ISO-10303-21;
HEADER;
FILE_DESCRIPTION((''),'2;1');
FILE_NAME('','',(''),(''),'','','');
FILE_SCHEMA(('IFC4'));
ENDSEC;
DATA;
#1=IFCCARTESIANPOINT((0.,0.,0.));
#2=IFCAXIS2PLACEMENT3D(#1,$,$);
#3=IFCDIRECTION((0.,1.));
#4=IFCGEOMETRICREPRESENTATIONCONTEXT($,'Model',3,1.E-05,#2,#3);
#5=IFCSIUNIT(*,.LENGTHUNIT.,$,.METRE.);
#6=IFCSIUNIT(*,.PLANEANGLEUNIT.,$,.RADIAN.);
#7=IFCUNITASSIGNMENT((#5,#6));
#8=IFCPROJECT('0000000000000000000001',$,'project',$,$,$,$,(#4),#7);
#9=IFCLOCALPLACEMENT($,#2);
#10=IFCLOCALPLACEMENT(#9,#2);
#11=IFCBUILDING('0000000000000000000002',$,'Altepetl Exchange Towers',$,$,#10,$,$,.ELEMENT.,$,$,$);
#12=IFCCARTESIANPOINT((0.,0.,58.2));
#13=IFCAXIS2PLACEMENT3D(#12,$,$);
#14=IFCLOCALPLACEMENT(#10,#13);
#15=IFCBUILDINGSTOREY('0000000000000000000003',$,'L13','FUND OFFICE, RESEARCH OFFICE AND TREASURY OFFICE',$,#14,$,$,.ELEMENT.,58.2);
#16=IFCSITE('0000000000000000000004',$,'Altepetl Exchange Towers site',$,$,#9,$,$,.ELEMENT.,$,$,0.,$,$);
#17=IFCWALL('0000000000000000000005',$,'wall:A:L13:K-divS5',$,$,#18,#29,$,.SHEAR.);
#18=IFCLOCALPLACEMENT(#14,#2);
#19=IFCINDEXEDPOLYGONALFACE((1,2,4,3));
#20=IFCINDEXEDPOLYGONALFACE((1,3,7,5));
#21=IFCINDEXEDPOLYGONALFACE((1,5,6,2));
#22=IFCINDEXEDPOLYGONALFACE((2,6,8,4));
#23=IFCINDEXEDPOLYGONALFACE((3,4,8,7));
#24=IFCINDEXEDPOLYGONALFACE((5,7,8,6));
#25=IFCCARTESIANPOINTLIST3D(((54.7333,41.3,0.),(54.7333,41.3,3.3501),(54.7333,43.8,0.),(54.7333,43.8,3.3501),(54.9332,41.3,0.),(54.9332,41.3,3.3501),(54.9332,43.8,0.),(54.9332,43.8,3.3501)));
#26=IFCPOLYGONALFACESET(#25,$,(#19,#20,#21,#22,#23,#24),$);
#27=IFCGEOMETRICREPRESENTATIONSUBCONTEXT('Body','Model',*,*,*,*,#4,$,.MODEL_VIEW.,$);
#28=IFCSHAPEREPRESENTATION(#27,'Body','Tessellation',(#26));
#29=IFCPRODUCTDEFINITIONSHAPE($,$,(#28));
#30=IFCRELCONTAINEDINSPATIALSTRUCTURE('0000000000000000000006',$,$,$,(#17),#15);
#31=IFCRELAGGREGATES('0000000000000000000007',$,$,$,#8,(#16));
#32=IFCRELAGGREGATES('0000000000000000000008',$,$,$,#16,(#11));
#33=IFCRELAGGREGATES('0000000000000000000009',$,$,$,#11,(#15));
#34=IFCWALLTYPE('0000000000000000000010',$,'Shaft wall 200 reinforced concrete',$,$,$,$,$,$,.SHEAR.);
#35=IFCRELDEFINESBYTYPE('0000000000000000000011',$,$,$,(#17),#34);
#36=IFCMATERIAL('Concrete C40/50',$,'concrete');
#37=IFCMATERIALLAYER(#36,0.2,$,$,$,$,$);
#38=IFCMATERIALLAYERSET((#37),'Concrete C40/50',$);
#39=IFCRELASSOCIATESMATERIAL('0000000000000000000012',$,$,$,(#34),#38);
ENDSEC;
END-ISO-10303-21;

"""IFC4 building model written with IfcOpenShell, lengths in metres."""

from ifc_helpers import new_model, si_unit, direction, frame, frame_2d, origin, place, context, subcontext, project, spatial, rectangle, extrude, material, layer, layer_set, type_object, element, save


model = new_model("IFC4")

# Units and contexts
model_context = context("Model", 3, precision=1e-05, world=origin(), true_north=direction((0.0, 1.0)))
body_context = subcontext(model_context, "Body", "Model", "MODEL_VIEW")
ifc_project = project(units=[si_unit("LENGTHUNIT", "METRE"), si_unit("PLANEANGLEUNIT", "RADIAN")], contexts=[model_context])

# Site, building, storey
site_placement = place(None, origin())
site = spatial("IfcSite", under=ifc_project, at=site_placement, Name="Altepetl Exchange Towers site", CompositionType="ELEMENT", RefElevation=0.0)
building_placement = place(site_placement, origin())
building = spatial("IfcBuilding", under=site, at=building_placement, Name="Altepetl Exchange Towers", CompositionType="ELEMENT")
storey_placement = place(building_placement, frame((0.0, 0.0, 58.2)))
storey = spatial("IfcBuildingStorey", under=building, at=storey_placement, Name="L13", Description="FUND OFFICE, RESEARCH OFFICE AND TREASURY OFFICE", CompositionType="ELEMENT", Elevation=58.2)

# Wall
ifc_material_1 = material(Name="Concrete C40/50", Category="concrete")
ifc_layer_1 = layer(ifc_material_1, 0.2)
ifc_layer_set_1 = layer_set([ifc_layer_1], Name="Concrete C40/50")
wall_type_1 = type_object("IfcWallType", Name="Shaft wall 200 reinforced concrete", PredefinedType="SHEAR", material=ifc_layer_set_1)
wall_1_placement = place(storey_placement, frame((54.8333, 41.3, 0.0), z_axis=(0.0, 0.0, 1.0), x_axis=(0.0, 1.0, 0.0)))
element("IfcWall", 1, at=wall_1_placement, inside=storey, type_object=wall_type_1, Name="wall:A:L13:K-divS5", PredefinedType="SHEAR", context=body_context, shape_type="SweptSolid", body=[
    extrude(rectangle(XDim=2.5, YDim=0.2, at=frame_2d((1.25, 0.0))), origin(), (0.0, 0.0, 1.0), 3.3501),
])

save(model, "model.ifc")
